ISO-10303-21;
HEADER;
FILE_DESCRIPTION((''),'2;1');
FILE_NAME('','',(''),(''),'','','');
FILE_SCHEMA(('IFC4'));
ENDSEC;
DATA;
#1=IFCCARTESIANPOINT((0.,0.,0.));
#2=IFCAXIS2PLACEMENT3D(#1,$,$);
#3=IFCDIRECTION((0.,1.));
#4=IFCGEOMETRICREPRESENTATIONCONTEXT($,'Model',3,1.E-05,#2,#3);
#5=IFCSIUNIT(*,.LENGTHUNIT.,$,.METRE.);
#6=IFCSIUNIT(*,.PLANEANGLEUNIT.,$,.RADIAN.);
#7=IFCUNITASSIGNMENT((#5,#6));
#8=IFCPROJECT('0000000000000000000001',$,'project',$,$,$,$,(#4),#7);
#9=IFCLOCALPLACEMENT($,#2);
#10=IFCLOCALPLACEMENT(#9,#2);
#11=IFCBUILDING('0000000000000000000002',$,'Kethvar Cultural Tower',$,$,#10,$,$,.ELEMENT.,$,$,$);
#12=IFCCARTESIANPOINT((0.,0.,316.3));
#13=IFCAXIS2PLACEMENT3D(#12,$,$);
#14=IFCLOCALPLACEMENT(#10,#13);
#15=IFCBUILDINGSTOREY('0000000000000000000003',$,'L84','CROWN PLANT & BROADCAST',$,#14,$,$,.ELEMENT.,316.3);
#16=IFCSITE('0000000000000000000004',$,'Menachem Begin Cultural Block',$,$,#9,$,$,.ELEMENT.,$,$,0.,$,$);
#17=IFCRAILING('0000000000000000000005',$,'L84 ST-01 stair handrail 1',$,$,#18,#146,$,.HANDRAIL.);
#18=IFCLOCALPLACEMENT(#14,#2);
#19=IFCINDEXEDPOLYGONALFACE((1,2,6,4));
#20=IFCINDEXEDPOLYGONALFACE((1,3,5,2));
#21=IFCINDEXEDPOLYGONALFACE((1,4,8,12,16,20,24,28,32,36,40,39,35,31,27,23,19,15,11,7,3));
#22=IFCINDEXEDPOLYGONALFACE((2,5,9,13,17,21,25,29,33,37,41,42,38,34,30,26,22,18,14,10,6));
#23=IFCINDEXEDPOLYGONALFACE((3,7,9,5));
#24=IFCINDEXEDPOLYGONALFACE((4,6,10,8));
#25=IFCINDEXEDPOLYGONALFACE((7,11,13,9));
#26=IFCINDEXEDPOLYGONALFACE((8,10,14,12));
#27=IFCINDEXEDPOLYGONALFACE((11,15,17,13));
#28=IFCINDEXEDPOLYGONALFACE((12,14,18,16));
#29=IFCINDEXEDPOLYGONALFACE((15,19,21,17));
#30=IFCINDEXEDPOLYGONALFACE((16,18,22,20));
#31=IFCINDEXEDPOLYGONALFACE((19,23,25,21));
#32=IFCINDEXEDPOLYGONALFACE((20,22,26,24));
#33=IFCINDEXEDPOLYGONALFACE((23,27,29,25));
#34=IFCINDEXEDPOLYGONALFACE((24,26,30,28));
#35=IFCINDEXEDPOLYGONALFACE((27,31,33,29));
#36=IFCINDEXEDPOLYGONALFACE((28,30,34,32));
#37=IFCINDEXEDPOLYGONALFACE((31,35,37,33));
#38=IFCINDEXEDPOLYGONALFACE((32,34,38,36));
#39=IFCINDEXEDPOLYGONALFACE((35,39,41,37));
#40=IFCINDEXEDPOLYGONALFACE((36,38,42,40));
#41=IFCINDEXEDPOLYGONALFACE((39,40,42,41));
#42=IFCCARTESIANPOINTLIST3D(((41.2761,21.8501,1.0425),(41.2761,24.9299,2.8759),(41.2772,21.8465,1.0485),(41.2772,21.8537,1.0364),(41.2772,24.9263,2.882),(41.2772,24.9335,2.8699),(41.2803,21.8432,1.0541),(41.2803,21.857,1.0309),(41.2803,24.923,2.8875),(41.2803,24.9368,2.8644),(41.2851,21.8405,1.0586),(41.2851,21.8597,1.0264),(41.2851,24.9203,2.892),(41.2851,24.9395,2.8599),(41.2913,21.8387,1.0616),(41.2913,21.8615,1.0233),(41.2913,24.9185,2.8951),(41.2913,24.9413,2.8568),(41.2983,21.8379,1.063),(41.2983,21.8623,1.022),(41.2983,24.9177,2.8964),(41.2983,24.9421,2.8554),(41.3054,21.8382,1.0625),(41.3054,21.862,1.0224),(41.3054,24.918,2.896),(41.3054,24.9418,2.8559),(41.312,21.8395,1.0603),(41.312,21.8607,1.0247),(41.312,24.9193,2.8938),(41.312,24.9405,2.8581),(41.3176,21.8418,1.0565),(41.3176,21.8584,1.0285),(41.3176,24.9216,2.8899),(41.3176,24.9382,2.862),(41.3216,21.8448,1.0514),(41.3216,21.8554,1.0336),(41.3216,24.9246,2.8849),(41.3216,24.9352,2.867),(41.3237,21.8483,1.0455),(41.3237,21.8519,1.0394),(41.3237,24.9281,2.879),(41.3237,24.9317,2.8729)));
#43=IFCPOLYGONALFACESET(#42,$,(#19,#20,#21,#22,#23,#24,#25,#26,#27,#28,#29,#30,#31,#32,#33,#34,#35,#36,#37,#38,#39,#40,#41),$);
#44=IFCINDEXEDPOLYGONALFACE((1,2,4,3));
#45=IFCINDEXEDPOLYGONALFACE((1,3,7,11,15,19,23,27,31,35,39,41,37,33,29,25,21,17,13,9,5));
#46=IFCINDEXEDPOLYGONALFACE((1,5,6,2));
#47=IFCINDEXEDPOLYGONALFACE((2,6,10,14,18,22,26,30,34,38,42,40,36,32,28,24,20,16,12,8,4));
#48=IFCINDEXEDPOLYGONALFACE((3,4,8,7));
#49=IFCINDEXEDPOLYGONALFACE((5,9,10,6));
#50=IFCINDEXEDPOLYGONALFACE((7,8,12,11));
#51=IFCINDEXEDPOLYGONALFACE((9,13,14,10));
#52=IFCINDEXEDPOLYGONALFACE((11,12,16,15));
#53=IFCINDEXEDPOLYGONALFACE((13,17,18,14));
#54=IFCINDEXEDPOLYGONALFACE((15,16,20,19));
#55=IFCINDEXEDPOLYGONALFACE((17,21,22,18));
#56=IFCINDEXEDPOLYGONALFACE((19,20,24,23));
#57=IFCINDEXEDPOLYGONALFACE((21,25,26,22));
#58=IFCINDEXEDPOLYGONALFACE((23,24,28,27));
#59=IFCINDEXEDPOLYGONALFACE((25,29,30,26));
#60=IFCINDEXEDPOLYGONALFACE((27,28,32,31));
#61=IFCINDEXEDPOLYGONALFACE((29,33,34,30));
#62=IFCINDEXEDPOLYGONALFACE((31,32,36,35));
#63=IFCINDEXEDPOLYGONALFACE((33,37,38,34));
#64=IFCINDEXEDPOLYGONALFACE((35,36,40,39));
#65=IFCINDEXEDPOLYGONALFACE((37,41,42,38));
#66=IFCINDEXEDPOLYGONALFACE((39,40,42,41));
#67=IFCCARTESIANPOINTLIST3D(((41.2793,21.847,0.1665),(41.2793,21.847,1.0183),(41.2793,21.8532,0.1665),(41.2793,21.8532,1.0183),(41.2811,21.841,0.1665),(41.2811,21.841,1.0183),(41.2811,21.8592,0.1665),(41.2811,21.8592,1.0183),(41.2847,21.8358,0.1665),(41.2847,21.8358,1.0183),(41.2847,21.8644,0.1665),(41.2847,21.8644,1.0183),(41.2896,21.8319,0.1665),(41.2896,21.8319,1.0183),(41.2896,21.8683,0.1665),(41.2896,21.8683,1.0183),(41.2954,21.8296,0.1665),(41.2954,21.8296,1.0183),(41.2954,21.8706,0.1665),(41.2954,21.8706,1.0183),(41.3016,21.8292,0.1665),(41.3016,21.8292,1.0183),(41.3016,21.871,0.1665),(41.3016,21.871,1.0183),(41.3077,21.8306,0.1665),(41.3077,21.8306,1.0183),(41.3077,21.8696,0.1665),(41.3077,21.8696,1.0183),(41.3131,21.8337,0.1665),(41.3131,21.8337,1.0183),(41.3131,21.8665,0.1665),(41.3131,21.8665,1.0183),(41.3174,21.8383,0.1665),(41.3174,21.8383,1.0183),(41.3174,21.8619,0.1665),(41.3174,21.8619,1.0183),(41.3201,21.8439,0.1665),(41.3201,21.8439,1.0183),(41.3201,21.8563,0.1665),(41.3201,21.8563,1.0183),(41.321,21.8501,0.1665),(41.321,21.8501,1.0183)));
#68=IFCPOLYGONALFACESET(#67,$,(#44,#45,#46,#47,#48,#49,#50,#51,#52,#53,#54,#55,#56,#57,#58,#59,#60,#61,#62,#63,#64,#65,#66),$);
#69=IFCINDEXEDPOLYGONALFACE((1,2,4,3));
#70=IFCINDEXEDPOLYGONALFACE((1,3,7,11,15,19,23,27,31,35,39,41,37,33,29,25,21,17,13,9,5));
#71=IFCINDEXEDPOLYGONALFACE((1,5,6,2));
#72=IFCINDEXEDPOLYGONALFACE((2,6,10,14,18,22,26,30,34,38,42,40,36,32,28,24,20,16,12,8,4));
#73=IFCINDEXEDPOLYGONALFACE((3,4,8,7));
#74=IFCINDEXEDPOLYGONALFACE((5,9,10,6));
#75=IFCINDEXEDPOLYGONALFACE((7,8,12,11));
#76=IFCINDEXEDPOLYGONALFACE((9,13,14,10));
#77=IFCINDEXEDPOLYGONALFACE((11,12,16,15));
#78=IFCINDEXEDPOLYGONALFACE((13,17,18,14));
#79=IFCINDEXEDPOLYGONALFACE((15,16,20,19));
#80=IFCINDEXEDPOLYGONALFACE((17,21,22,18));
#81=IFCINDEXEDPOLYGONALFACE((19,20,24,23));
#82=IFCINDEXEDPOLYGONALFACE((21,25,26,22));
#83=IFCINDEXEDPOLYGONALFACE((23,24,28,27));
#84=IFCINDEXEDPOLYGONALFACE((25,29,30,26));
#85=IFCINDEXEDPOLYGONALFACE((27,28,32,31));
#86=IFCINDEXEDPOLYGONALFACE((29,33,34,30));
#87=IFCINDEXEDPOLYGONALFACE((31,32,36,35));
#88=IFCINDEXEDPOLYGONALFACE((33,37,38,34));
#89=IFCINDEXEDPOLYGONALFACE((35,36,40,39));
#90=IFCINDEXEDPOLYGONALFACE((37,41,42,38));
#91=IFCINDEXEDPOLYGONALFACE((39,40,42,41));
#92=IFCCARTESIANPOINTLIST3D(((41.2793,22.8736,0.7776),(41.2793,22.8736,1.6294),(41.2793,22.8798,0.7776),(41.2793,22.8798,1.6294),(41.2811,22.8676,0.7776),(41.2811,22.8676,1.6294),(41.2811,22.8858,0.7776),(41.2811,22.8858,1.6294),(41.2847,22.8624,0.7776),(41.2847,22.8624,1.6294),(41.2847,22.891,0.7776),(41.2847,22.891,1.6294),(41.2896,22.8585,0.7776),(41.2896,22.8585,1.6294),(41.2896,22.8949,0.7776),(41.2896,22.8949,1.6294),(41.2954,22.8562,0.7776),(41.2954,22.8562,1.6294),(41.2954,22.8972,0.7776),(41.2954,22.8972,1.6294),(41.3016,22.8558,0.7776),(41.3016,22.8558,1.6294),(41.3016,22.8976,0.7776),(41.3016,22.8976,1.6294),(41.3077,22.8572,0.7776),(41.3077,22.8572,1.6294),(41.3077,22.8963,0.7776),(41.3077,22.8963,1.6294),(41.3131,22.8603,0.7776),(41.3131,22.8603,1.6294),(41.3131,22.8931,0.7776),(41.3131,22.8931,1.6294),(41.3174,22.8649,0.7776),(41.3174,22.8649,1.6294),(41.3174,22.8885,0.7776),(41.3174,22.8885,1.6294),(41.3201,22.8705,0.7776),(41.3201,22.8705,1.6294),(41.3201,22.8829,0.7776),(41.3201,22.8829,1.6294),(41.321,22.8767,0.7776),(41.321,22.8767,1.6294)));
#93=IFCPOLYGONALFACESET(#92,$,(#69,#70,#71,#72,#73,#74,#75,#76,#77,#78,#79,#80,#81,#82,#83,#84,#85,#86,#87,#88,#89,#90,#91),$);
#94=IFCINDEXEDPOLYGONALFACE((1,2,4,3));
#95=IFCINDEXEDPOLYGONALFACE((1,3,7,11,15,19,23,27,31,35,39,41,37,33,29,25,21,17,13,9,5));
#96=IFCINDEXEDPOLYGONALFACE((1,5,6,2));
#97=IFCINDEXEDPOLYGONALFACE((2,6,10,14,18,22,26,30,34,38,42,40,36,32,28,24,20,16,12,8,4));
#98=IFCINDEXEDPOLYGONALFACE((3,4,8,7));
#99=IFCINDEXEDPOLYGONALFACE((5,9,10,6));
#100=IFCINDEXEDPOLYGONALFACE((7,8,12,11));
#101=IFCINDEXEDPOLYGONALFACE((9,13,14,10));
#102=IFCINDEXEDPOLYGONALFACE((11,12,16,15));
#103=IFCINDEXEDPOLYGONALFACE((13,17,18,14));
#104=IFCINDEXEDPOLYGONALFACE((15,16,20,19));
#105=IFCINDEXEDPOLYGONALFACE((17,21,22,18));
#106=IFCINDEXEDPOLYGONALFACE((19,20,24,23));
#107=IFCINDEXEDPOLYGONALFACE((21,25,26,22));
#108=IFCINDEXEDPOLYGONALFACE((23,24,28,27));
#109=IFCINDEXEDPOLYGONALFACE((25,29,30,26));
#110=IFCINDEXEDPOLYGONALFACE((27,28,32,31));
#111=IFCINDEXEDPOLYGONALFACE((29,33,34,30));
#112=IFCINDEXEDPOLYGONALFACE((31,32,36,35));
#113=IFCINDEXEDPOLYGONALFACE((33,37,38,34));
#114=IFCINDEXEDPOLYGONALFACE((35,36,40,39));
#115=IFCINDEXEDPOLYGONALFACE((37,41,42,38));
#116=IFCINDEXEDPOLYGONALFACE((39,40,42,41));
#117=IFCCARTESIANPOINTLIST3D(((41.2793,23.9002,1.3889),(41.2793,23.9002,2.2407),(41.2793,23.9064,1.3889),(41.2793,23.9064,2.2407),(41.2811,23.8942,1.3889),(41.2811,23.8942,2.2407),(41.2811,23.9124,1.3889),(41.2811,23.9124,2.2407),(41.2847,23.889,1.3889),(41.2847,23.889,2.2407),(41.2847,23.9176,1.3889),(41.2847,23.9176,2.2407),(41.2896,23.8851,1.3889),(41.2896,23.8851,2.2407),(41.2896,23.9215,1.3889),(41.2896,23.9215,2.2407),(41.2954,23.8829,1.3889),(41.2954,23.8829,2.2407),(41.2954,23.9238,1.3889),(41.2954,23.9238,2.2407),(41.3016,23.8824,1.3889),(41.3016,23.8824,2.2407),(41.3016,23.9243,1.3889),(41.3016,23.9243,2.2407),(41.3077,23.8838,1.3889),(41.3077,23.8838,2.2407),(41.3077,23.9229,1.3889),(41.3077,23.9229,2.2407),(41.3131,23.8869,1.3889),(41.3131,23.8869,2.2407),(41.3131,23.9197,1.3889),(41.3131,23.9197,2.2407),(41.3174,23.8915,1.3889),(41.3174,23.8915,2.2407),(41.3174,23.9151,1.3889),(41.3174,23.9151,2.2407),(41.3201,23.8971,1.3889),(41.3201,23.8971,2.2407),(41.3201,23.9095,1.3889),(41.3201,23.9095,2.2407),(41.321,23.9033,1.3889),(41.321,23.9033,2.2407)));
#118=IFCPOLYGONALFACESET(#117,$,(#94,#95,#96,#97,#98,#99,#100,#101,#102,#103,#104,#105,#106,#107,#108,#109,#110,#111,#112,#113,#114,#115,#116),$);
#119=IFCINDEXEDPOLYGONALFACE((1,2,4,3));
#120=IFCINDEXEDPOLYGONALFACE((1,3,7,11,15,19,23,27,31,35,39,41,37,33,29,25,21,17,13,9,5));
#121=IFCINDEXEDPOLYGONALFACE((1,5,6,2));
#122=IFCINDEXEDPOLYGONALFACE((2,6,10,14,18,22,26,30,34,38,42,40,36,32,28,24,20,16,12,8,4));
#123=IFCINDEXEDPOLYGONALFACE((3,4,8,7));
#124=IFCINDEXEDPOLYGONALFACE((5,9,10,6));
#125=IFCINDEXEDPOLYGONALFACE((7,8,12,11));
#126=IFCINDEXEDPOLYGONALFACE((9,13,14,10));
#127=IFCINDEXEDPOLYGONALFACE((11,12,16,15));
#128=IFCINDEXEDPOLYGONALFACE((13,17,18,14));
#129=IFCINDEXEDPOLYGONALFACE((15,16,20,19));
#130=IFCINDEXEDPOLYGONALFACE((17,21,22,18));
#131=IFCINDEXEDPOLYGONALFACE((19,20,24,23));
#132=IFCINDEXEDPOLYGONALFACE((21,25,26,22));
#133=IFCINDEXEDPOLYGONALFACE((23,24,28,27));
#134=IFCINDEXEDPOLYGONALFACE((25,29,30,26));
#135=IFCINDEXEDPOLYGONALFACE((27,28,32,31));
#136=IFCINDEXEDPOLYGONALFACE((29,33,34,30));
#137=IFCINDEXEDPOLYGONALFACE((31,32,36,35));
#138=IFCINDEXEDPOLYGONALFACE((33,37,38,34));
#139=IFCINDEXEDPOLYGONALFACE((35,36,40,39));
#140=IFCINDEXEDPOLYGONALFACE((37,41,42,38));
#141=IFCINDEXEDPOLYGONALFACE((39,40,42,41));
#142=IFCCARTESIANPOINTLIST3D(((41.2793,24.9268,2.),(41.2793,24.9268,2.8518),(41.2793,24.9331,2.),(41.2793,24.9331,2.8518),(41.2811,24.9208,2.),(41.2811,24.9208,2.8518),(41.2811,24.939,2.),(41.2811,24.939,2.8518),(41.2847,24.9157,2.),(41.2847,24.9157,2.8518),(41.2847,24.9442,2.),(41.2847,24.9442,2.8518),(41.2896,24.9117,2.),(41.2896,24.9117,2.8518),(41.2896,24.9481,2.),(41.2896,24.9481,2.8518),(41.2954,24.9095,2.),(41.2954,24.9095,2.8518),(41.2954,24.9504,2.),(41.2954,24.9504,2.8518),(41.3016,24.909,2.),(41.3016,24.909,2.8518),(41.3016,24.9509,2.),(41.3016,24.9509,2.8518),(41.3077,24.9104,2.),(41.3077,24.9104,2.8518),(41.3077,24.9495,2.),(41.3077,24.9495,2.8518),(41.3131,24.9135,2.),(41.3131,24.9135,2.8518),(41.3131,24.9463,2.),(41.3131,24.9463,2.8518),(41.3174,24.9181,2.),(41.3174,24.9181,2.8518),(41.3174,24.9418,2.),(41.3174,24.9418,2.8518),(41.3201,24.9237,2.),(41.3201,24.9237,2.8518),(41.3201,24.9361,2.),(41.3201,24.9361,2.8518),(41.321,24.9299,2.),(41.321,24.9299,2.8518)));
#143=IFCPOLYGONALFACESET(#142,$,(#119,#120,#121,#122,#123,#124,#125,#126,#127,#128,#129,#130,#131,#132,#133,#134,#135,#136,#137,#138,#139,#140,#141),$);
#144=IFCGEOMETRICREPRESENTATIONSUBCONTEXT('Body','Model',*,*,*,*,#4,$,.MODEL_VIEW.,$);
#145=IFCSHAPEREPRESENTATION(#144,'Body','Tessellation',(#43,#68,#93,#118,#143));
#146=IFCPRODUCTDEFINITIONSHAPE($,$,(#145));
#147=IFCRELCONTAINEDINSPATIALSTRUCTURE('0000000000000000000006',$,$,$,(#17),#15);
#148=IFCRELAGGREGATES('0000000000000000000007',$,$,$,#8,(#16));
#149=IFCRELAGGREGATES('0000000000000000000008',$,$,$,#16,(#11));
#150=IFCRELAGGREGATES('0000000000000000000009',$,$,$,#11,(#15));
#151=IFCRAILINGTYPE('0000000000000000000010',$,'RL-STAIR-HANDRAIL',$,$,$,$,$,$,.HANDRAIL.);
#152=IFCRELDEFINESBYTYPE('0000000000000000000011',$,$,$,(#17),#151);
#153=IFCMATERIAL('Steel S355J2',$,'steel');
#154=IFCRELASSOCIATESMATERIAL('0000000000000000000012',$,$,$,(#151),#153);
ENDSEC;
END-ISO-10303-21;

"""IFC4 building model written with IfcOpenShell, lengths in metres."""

from ifc_helpers import new_model, si_unit, direction, frame, origin, origin_2d, place, context, subcontext, project, spatial, circle, extrude, material, type_object, element, save


model = new_model("IFC4")

# Units and contexts
model_context = context("Model", 3, precision=1e-05, world=origin(), true_north=direction((0.0, 1.0)))
body_context = subcontext(model_context, "Body", "Model", "MODEL_VIEW")
ifc_project = project(units=[si_unit("LENGTHUNIT", "METRE"), si_unit("PLANEANGLEUNIT", "RADIAN")], contexts=[model_context])

# Site, building, storey
site_placement = place(None, origin())
site = spatial("IfcSite", under=ifc_project, at=site_placement, Name="Menachem Begin Cultural Block", CompositionType="ELEMENT", RefElevation=0.0)
building_placement = place(site_placement, origin())
building = spatial("IfcBuilding", under=site, at=building_placement, Name="Kethvar Cultural Tower", CompositionType="ELEMENT")
storey_placement = place(building_placement, frame((0.0, 0.0, 316.3)))
storey = spatial("IfcBuildingStorey", under=building, at=storey_placement, Name="L84", Description="CROWN PLANT & BROADCAST", CompositionType="ELEMENT", Elevation=316.3)

# Shared definitions
ifc_material_1 = material(Name="Steel S355J2", Category="steel")

# Railing
railing_type_1 = type_object("IfcRailingType", Name="RL-STAIR-HANDRAIL", PredefinedType="HANDRAIL", material=ifc_material_1)
railing_1_placement = place(storey_placement, frame((41.3, 21.8501, 0.1665)))
element("IfcRailing", 1, at=railing_1_placement, inside=storey, type_object=railing_type_1, Name="L84 ST-01 stair handrail 1", PredefinedType="HANDRAIL", context=body_context, shape_type="SweptSolid", body=[
    extrude(circle(Radius=0.0239, at=origin_2d()), frame((0.0, 0.0, 0.876), z_axis=(0.0, 0.859261, 0.511538), x_axis=(-1.0, 0.0, 0.0)), (0.0, 0.0, 1.0), 3.5842),
    extrude(circle(Radius=0.021, at=origin_2d()), origin(), (0.0, 0.0, 1.0), 0.8518),
    extrude(circle(Radius=0.021, at=origin_2d()), frame((0.0, 1.0266, 0.6111)), (0.0, 0.0, 1.0), 0.8518),
    extrude(circle(Radius=0.021, at=origin_2d()), frame((0.0, 2.0532, 1.2224)), (0.0, 0.0, 1.0), 0.8518),
    extrude(circle(Radius=0.021, at=origin_2d()), frame((0.0, 3.0798, 1.8335)), (0.0, 0.0, 1.0), 0.8518),
])

save(model, "model.ifc")
